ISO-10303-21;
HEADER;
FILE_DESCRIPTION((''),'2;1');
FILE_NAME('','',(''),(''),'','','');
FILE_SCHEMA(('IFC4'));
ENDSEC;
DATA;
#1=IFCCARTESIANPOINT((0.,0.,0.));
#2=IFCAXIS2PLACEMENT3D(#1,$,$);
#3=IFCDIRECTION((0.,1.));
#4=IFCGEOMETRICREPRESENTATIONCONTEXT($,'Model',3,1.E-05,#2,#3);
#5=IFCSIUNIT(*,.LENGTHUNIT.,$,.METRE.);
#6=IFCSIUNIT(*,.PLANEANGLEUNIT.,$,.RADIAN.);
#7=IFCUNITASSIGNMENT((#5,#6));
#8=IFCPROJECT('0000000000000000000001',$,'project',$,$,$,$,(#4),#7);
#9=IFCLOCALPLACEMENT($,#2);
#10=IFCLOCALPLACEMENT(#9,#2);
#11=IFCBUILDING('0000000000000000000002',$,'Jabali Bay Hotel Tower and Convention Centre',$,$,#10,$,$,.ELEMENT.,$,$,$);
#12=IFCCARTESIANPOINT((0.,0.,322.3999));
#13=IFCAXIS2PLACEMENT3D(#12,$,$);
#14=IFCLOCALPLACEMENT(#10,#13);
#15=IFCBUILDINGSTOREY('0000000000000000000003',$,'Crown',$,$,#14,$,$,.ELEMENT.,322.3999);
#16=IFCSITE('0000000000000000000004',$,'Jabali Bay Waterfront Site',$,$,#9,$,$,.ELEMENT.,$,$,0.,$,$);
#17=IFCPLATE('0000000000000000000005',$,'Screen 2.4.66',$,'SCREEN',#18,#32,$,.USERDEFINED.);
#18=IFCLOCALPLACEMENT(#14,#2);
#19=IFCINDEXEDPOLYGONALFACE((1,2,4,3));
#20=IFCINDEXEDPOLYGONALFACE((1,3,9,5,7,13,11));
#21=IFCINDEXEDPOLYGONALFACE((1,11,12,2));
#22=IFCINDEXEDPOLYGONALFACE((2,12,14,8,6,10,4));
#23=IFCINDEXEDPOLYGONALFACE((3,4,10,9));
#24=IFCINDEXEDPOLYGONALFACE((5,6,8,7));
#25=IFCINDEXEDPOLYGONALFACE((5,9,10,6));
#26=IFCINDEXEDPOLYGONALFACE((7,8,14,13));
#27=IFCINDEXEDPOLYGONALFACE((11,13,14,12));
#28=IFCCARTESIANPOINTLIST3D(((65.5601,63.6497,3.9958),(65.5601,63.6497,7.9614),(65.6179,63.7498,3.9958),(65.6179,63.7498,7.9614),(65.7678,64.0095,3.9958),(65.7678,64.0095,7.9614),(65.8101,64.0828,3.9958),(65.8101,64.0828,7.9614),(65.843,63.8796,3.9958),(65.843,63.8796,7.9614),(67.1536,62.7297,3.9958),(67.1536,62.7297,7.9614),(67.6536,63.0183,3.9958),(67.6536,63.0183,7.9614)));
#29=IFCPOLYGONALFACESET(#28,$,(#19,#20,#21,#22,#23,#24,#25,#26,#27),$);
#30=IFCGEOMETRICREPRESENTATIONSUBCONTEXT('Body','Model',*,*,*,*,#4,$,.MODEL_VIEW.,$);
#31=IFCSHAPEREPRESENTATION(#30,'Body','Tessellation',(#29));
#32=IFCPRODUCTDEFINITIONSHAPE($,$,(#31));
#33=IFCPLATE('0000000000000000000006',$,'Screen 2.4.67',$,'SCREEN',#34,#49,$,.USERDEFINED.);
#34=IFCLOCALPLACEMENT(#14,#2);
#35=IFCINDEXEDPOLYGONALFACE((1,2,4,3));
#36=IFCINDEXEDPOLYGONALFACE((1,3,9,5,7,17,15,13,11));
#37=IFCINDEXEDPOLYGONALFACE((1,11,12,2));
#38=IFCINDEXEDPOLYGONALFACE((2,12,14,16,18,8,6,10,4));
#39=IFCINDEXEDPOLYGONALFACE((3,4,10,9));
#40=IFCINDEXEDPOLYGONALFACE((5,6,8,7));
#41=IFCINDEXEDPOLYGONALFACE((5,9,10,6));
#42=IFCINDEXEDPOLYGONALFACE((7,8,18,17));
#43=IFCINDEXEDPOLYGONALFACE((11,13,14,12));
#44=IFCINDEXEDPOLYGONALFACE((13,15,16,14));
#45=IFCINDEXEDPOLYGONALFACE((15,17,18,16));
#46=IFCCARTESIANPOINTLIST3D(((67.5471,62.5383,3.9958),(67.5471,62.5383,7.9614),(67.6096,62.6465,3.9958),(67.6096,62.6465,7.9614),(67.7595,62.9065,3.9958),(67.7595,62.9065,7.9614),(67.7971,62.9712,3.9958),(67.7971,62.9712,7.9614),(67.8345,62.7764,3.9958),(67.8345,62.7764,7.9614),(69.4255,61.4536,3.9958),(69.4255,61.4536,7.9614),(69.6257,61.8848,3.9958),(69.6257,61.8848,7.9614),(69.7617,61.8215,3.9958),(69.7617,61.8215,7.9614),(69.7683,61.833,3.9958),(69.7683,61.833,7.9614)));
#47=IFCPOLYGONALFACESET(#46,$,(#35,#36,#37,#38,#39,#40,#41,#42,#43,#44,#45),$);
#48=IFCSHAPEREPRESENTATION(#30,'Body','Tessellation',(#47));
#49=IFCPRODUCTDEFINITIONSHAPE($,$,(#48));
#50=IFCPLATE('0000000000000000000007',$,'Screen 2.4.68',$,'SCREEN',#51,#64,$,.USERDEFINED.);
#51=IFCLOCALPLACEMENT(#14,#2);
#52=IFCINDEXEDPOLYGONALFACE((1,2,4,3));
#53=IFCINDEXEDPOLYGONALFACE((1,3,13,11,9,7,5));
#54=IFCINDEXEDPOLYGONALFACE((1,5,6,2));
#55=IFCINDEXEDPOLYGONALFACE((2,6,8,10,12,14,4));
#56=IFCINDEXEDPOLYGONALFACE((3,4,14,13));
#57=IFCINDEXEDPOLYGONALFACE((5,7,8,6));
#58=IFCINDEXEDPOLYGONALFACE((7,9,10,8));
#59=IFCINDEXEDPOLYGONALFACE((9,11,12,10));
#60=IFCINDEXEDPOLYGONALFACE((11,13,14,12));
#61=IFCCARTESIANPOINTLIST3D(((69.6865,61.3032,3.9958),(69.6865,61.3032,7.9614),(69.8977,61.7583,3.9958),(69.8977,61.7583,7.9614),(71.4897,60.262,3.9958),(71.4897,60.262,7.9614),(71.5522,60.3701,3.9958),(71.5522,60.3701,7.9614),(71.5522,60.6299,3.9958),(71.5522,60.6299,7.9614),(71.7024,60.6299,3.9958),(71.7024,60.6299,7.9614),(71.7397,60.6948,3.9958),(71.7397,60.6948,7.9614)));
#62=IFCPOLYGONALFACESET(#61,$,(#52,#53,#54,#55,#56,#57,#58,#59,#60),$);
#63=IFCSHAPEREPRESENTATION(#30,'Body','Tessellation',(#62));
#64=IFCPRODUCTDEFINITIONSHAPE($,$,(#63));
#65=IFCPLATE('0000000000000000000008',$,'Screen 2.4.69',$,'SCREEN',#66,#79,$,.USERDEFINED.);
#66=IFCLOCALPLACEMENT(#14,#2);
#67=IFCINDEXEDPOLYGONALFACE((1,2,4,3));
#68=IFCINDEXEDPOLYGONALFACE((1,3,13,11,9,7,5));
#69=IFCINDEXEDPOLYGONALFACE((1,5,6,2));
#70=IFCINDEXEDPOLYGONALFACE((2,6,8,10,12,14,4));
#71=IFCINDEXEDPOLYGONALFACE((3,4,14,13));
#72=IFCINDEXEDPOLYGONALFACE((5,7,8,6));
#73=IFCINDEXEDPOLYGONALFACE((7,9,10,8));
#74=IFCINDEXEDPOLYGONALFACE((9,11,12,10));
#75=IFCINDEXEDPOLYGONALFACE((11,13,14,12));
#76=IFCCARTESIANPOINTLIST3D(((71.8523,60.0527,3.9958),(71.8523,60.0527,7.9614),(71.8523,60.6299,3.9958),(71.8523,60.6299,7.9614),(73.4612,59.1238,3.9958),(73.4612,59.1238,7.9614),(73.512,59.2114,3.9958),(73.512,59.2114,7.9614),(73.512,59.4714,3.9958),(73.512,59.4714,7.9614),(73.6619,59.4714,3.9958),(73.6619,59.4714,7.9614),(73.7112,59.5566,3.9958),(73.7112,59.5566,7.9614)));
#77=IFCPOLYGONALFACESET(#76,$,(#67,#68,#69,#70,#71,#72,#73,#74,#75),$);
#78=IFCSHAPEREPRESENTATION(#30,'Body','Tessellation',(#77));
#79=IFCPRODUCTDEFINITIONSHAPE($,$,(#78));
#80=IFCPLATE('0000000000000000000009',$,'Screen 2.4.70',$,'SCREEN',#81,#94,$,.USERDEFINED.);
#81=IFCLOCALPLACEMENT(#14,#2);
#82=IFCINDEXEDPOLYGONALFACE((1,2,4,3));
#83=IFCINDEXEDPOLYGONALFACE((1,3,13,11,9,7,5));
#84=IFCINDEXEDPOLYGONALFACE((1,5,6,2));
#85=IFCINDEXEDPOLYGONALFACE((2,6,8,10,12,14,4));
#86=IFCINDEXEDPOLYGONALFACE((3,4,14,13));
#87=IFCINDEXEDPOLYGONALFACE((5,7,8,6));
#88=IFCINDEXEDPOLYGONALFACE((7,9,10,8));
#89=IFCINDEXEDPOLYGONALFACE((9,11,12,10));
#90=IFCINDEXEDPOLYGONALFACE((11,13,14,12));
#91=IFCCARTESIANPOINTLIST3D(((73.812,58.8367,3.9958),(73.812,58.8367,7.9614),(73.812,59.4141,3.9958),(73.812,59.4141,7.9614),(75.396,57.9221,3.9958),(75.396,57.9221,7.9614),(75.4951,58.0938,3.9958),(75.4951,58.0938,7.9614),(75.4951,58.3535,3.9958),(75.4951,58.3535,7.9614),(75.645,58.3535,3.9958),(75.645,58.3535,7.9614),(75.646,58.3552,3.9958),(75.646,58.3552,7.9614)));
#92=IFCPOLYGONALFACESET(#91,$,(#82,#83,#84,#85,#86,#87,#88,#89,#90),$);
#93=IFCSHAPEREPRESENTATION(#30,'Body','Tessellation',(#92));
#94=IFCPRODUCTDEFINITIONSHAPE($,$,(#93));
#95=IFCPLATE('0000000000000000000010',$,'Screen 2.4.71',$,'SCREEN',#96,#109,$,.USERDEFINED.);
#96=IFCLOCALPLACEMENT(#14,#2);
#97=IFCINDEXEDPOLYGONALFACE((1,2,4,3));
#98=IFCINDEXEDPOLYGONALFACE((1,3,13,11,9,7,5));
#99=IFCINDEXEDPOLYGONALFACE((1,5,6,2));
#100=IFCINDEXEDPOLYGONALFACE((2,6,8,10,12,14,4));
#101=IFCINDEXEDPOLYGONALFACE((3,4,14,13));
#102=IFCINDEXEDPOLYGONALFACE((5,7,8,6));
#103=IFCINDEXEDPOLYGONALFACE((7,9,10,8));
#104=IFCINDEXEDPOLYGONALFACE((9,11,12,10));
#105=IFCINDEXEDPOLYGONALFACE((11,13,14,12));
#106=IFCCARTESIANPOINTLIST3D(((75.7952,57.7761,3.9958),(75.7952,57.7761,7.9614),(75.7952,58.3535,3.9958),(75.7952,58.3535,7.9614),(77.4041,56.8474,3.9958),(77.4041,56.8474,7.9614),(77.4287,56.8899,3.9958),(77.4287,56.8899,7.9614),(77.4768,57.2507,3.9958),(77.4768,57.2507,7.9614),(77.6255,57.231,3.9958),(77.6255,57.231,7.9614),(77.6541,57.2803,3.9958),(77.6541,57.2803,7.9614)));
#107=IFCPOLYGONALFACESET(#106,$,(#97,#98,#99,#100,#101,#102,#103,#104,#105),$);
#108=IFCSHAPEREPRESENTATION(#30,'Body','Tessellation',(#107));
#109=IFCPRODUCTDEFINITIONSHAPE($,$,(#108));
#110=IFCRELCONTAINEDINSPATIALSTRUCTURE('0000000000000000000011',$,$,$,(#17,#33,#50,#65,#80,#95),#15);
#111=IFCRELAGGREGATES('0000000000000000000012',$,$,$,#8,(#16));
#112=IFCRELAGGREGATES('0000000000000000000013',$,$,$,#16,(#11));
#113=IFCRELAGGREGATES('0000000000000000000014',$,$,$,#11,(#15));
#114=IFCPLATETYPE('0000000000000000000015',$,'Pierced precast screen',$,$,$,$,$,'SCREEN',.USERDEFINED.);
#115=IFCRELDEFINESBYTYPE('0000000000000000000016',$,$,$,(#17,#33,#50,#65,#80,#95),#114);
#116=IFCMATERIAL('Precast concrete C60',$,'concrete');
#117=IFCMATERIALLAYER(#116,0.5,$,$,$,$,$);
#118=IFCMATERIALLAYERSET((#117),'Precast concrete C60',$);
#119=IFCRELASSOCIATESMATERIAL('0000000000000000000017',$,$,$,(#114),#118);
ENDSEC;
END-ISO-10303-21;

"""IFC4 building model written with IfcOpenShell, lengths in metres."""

from ifc_helpers import new_model, si_unit, direction, frame, origin, place, context, subcontext, project, spatial, polyline, outline, extrude, material, layer, layer_set, type_object, element, save


model = new_model("IFC4")

# Units and contexts
model_context = context("Model", 3, precision=1e-05, world=origin(), true_north=direction((0.0, 1.0)))
body_context = subcontext(model_context, "Body", "Model", "MODEL_VIEW")
ifc_project = project(units=[si_unit("LENGTHUNIT", "METRE"), si_unit("PLANEANGLEUNIT", "RADIAN")], contexts=[model_context])

# Site, building, storey
site_placement = place(None, origin())
site = spatial("IfcSite", under=ifc_project, at=site_placement, Name="Jabali Bay Waterfront Site", CompositionType="ELEMENT", RefElevation=0.0)
building_placement = place(site_placement, origin())
building = spatial("IfcBuilding", under=site, at=building_placement, Name="Jabali Bay Hotel Tower and Convention Centre", CompositionType="ELEMENT")
storey_placement = place(building_placement, frame((0.0, 0.0, 322.3999)))
storey = spatial("IfcBuildingStorey", under=building, at=storey_placement, Name="Crown", CompositionType="ELEMENT", Elevation=322.3999)

# Plates
ifc_material = material(Name="Precast concrete C60", Category="concrete")
ifc_layer = layer(ifc_material, 0.5)
ifc_layer_set = layer_set([ifc_layer], Name="Precast concrete C60")
plate_type = type_object("IfcPlateType", Name="Pierced precast screen", ElementType="SCREEN", PredefinedType="USERDEFINED", material=ifc_layer_set)
plate_1_placement = place(storey_placement, frame((0.0, 0.0, 3.9958)))
element("IfcPlate", 1, at=plate_1_placement, inside=storey, type_object=plate_type, Name="Screen 2.4.66", ObjectType="SCREEN", PredefinedType="USERDEFINED", context=body_context, shape_type="SweptSolid", body=[
    extrude(outline(polyline([(67.6536, 63.0183), (65.8101, 64.0828), (65.7678, 64.0095), (65.843, 63.8796), (65.6179, 63.7498), (65.5601, 63.6497), (67.1536, 62.7297), (67.6536, 63.0183)])), origin(), (0.0, 0.0, 1.0), 3.9656),
])
plate_2_placement = place(storey_placement, frame((0.0, 0.0, 3.9958)))
element("IfcPlate", 2, at=plate_2_placement, inside=storey, type_object=plate_type, Name="Screen 2.4.67", ObjectType="SCREEN", PredefinedType="USERDEFINED", context=body_context, shape_type="SweptSolid", body=[
    extrude(outline(polyline([(69.7683, 61.833), (67.7971, 62.9712), (67.7595, 62.9065), (67.8345, 62.7764), (67.6096, 62.6465), (67.5471, 62.5383), (69.4255, 61.4536), (69.6257, 61.8848), (69.7617, 61.8215), (69.7683, 61.833)])), origin(), (0.0, 0.0, 1.0), 3.9656),
])
plate_3_placement = place(storey_placement, frame((0.0, 0.0, 3.9958)))
element("IfcPlate", 3, at=plate_3_placement, inside=storey, type_object=plate_type, Name="Screen 2.4.68", ObjectType="SCREEN", PredefinedType="USERDEFINED", context=body_context, shape_type="SweptSolid", body=[
    extrude(outline(polyline([(71.7397, 60.6948), (69.8977, 61.7583), (69.6865, 61.3032), (71.4897, 60.262), (71.5522, 60.3701), (71.5522, 60.6299), (71.7024, 60.6299), (71.7397, 60.6948)])), origin(), (0.0, 0.0, 1.0), 3.9656),
])
plate_4_placement = place(storey_placement, frame((0.0, 0.0, 3.9958)))
element("IfcPlate", 4, at=plate_4_placement, inside=storey, type_object=plate_type, Name="Screen 2.4.69", ObjectType="SCREEN", PredefinedType="USERDEFINED", context=body_context, shape_type="SweptSolid", body=[
    extrude(outline(polyline([(73.7112, 59.5566), (71.8523, 60.6299), (71.8523, 60.0527), (73.4612, 59.1238), (73.512, 59.2114), (73.512, 59.4714), (73.6619, 59.4714), (73.7112, 59.5566)])), origin(), (0.0, 0.0, 1.0), 3.9656),
])
plate_5_placement = place(storey_placement, frame((0.0, 0.0, 3.9958)))
element("IfcPlate", 5, at=plate_5_placement, inside=storey, type_object=plate_type, Name="Screen 2.4.70", ObjectType="SCREEN", PredefinedType="USERDEFINED", context=body_context, shape_type="SweptSolid", body=[
    extrude(outline(polyline([(75.646, 58.3552), (73.812, 59.4141), (73.812, 58.8367), (75.396, 57.9221), (75.4951, 58.0938), (75.4951, 58.3535), (75.645, 58.3535), (75.646, 58.3552)])), origin(), (0.0, 0.0, 1.0), 3.9656),
])
plate_6_placement = place(storey_placement, frame((0.0, 0.0, 3.9958)))
element("IfcPlate", 6, at=plate_6_placement, inside=storey, type_object=plate_type, Name="Screen 2.4.71", ObjectType="SCREEN", PredefinedType="USERDEFINED", context=body_context, shape_type="SweptSolid", body=[
    extrude(outline(polyline([(77.6541, 57.2803), (75.7952, 58.3535), (75.7952, 57.7761), (77.4041, 56.8474), (77.4287, 56.8899), (77.4768, 57.2507), (77.6255, 57.231), (77.6541, 57.2803)])), origin(), (0.0, 0.0, 1.0), 3.9656),
])

save(model, "model.ifc")
